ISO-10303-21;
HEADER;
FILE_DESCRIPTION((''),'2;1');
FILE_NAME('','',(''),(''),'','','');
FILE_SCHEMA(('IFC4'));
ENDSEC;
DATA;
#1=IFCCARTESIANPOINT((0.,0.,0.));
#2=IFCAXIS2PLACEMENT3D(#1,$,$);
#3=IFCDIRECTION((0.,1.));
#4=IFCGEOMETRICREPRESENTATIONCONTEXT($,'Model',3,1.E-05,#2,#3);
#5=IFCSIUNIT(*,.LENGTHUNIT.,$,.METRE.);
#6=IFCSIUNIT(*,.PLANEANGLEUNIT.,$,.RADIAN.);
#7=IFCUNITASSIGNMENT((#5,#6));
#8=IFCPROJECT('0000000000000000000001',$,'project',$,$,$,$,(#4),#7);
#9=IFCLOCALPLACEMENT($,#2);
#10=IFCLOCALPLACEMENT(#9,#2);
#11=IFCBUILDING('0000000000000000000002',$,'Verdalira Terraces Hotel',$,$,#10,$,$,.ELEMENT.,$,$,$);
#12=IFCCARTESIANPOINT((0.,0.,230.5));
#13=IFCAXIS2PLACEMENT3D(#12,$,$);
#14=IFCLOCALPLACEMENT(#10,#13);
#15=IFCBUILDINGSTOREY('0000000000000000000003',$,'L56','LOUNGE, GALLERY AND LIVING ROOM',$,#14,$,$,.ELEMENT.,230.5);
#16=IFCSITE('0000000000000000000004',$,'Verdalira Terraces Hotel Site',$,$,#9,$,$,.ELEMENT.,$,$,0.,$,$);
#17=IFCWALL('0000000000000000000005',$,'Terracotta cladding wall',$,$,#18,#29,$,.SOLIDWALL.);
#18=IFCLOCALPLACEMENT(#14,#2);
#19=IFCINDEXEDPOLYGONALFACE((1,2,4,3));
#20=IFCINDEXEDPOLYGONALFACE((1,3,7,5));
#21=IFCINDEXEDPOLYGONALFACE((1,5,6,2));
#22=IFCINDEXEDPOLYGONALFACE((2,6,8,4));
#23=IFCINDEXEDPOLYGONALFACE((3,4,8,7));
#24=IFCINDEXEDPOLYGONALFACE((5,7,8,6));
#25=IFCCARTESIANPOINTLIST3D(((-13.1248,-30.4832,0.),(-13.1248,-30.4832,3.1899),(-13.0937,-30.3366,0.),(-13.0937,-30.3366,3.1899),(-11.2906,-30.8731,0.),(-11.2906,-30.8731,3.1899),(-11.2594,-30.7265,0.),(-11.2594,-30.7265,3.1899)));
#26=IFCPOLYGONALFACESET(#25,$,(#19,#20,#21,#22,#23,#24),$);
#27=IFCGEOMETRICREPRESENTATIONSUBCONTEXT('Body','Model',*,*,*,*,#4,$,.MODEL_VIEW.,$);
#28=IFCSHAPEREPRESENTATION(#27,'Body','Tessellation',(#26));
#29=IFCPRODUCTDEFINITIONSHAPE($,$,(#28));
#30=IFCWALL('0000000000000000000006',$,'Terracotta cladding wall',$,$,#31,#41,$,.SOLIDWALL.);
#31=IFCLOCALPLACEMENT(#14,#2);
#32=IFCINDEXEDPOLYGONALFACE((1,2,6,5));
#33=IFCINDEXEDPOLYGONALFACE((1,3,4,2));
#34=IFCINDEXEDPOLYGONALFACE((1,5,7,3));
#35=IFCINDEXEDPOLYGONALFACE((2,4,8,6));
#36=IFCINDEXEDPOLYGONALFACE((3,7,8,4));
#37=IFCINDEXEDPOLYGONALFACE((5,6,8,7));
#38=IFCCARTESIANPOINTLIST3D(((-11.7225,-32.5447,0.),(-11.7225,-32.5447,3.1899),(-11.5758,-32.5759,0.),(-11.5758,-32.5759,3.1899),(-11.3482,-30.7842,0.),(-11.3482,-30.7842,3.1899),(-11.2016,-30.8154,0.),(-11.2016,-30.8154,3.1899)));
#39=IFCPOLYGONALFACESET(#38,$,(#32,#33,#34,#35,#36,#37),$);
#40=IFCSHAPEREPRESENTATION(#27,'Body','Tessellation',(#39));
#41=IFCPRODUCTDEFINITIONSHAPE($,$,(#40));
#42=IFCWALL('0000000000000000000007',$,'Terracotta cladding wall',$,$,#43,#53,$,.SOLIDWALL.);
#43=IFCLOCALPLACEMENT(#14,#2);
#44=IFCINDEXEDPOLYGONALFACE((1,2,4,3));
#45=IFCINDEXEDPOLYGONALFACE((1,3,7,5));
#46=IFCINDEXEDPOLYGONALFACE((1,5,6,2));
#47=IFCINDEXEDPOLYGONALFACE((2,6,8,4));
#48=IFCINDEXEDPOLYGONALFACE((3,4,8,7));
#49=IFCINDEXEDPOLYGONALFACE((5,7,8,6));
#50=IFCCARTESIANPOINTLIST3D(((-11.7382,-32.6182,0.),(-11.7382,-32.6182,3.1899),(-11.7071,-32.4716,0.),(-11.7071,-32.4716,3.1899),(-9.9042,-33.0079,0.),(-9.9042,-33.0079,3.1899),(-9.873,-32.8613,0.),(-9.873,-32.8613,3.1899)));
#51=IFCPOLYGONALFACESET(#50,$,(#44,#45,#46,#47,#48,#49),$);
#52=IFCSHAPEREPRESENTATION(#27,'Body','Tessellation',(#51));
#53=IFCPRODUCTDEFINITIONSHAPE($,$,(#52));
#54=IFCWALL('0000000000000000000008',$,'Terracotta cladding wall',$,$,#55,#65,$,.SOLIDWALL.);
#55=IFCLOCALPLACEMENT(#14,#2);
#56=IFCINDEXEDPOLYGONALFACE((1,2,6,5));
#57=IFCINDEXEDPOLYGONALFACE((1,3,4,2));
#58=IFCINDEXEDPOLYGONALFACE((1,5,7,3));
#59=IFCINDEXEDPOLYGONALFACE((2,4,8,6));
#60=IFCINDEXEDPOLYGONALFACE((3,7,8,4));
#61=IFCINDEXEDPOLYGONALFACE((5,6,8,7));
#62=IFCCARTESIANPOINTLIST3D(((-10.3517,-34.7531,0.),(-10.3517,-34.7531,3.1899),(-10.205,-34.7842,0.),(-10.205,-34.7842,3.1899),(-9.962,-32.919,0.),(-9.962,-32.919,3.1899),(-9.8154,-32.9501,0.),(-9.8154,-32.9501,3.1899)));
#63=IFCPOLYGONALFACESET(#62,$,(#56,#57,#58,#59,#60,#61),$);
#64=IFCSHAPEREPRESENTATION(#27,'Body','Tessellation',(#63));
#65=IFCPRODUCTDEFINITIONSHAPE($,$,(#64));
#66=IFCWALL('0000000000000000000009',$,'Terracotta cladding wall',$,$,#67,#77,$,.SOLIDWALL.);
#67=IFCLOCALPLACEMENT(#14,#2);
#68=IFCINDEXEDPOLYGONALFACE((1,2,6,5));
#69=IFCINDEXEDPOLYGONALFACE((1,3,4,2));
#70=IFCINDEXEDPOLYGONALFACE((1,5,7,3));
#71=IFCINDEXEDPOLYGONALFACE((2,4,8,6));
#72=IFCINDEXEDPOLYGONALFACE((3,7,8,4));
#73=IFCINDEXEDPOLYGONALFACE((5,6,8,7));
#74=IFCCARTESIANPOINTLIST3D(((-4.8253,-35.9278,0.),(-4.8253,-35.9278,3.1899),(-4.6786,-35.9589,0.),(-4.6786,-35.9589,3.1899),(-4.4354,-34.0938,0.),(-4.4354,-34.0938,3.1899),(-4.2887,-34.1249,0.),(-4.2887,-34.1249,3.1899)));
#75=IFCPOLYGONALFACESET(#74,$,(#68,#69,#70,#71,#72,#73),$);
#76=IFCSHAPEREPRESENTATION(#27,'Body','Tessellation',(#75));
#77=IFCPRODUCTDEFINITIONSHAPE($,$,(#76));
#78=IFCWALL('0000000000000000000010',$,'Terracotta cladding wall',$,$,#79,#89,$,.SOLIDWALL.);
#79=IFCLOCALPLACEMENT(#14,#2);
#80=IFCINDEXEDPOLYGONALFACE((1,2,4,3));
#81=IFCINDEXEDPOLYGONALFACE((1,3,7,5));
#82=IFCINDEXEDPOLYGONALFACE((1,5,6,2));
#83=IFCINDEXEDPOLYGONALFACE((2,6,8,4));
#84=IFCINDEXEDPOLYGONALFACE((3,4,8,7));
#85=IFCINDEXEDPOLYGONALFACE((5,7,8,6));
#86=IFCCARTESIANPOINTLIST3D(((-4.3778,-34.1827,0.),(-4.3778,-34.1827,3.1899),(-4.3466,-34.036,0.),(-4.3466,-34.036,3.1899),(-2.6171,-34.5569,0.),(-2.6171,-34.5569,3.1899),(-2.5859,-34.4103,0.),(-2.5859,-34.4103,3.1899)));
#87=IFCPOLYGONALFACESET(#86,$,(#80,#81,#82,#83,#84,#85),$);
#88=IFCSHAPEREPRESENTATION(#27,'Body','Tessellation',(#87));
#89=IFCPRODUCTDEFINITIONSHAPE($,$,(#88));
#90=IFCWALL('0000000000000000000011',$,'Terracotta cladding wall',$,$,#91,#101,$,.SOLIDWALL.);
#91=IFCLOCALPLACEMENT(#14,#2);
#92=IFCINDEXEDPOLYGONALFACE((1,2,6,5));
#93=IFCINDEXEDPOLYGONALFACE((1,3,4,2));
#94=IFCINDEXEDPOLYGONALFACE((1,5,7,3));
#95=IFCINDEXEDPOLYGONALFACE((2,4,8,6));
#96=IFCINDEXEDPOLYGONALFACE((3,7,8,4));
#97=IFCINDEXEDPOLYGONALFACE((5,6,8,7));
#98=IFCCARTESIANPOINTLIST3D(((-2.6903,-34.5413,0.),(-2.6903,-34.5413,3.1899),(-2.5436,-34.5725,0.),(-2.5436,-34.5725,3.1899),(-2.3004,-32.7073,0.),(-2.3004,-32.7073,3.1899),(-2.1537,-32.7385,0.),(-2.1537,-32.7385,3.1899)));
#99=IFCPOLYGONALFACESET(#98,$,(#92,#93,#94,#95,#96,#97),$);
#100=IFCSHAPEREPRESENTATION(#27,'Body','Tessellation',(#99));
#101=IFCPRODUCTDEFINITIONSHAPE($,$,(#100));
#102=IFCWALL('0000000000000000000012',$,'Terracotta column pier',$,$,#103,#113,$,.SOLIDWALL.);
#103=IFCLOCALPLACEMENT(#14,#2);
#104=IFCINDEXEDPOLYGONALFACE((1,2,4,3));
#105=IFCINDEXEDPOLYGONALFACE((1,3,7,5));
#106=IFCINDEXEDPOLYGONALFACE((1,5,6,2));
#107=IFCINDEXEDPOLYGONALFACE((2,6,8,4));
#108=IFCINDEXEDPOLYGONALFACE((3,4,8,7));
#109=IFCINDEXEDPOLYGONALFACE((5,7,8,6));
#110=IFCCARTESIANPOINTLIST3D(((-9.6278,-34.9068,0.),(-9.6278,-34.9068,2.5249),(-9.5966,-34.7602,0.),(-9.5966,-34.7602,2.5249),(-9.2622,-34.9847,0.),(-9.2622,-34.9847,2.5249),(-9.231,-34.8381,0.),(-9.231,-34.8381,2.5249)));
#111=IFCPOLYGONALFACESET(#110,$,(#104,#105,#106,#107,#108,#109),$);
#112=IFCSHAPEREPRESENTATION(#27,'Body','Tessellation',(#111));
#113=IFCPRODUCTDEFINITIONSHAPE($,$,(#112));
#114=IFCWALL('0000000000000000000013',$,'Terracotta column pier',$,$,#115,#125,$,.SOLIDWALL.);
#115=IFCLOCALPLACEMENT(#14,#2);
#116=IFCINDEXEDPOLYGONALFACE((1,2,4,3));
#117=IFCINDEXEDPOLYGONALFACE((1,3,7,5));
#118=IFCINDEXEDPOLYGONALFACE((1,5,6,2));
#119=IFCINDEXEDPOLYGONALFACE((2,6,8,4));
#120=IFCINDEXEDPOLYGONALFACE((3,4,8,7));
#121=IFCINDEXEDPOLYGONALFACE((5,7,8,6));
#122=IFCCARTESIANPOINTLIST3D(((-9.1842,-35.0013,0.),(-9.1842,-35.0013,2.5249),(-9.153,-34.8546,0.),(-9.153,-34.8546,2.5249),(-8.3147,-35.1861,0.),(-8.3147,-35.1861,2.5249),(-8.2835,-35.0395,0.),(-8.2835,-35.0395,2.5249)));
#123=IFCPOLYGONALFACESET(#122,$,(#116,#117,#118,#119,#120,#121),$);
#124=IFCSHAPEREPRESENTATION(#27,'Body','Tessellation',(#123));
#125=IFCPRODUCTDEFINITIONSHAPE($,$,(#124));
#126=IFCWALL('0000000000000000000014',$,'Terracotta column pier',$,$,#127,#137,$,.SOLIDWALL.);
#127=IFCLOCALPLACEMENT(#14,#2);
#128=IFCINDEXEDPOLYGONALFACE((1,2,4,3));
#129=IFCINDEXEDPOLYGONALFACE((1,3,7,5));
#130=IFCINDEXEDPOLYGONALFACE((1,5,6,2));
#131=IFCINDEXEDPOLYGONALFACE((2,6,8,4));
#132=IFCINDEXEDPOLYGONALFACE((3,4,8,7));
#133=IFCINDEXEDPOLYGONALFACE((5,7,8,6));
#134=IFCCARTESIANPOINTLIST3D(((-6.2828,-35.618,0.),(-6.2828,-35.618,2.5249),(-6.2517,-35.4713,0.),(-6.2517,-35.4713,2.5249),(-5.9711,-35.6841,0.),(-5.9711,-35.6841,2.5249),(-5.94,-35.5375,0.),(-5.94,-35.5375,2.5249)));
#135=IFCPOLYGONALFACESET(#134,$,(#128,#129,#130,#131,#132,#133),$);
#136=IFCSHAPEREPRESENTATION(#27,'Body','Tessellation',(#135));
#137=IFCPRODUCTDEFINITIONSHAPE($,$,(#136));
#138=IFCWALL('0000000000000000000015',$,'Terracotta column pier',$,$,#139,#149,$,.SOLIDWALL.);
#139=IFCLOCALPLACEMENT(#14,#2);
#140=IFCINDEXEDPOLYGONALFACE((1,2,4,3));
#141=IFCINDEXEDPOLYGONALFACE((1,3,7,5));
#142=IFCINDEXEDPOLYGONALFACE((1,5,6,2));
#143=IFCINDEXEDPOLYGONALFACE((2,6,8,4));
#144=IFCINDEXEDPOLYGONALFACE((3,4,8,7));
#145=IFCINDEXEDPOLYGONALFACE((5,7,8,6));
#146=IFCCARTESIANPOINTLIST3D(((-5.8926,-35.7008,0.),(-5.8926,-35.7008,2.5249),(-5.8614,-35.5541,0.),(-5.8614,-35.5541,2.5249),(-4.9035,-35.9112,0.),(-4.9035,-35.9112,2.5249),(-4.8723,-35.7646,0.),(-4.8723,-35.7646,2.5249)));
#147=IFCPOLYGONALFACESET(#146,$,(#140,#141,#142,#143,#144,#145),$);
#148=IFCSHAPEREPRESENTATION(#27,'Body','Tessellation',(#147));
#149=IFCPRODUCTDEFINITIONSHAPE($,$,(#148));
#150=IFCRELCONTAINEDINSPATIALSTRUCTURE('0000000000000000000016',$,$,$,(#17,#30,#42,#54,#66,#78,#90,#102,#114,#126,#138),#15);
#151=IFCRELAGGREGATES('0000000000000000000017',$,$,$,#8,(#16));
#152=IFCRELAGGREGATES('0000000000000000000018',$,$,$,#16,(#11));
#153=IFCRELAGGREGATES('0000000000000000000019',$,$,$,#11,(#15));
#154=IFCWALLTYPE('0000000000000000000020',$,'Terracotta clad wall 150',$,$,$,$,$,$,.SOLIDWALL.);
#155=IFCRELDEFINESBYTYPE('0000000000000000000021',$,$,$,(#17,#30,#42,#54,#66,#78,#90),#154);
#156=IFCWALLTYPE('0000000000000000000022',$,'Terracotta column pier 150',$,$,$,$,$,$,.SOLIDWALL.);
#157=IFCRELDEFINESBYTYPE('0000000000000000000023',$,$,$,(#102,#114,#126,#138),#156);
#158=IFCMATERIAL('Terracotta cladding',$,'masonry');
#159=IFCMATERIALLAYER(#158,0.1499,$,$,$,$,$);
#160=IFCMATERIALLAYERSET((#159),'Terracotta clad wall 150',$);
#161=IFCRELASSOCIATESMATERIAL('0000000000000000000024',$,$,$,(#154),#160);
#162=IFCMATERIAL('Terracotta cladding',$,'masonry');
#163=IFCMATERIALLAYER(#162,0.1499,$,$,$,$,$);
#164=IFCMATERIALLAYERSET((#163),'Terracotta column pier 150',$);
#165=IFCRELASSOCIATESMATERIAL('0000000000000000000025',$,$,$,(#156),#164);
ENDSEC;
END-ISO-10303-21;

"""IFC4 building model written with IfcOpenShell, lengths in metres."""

from ifc_helpers import new_model, si_unit, direction, frame, frame_2d, origin, place, context, subcontext, project, spatial, rectangle, extrude, material, layer, layer_set, type_object, element, save


model = new_model("IFC4")

# Units and contexts
model_context = context("Model", 3, precision=1e-05, world=origin(), true_north=direction((0.0, 1.0)))
body_context = subcontext(model_context, "Body", "Model", "MODEL_VIEW")
ifc_project = project(units=[si_unit("LENGTHUNIT", "METRE"), si_unit("PLANEANGLEUNIT", "RADIAN")], contexts=[model_context])

# Site, building, storey
site_placement = place(None, origin())
site = spatial("IfcSite", under=ifc_project, at=site_placement, Name="Verdalira Terraces Hotel Site", CompositionType="ELEMENT", RefElevation=0.0)
building_placement = place(site_placement, origin())
building = spatial("IfcBuilding", under=site, at=building_placement, Name="Verdalira Terraces Hotel", CompositionType="ELEMENT")
storey_placement = place(building_placement, frame((0.0, 0.0, 230.5)))
storey = spatial("IfcBuildingStorey", under=building, at=storey_placement, Name="L56", Description="LOUNGE, GALLERY AND LIVING ROOM", CompositionType="ELEMENT", Elevation=230.5)

# Walls
ifc_material_1 = material(Name="Terracotta cladding", Category="masonry")
ifc_layer_1 = layer(ifc_material_1, 0.1499)
ifc_layer_set_1 = layer_set([ifc_layer_1], Name="Terracotta clad wall 150")
wall_type_1 = type_object("IfcWallType", Name="Terracotta clad wall 150", PredefinedType="SOLIDWALL", material=ifc_layer_set_1)
wall_1_placement = place(storey_placement, frame((-13.1091, -30.4099, 0.0), z_axis=(0.0, 0.0, 1.0), x_axis=(0.978146, -0.207919, 0.0)))
element("IfcWall", 1, at=wall_1_placement, inside=storey, type_object=wall_type_1, Name="Terracotta cladding wall", PredefinedType="SOLIDWALL", context=body_context, shape_type="SweptSolid", body=[
    extrude(rectangle(XDim=1.8752, YDim=0.1499, at=frame_2d((0.9375, 0.0))), origin(), (0.0, 0.0, 1.0), 3.1899),
])
wall_2_placement = place(storey_placement, frame((-11.2749, -30.7998, 0.0), z_axis=(0.0, 0.0, 1.0), x_axis=(-0.207945, -0.978141, 0.0)))
element("IfcWall", 2, at=wall_2_placement, inside=storey, type_object=wall_type_1, Name="Terracotta cladding wall", PredefinedType="SOLIDWALL", context=body_context, shape_type="SweptSolid", body=[
    extrude(rectangle(XDim=1.7998, YDim=0.1499, at=frame_2d((0.8999, 0.0))), origin(), (0.0, 0.0, 1.0), 3.1899),
])
for number, where, z_axis, x_axis, name in (
    (3, (-11.7227, -32.5449, 0.0), (0.0, 0.0, 1.0), (0.978167, -0.207821, 0.0), "Terracotta cladding wall"),
    (4, (-9.8887, -32.9346, 0.0), (0.0, 0.0, 1.0), (-0.207821, -0.978167, 0.0), "Terracotta cladding wall"),
    (5, (-4.752, -35.9434, 0.0), (0.0, 0.0, 1.0), (0.207946, 0.97814, 0.0), "Terracotta cladding wall"),
):
    element("IfcWall", number, at=place(storey_placement, frame(where, z_axis=z_axis, x_axis=x_axis)), inside=storey, type_object=wall_type_1, Name=name, PredefinedType="SOLIDWALL", context=body_context, shape_type="SweptSolid", body=[
        extrude(rectangle(XDim=1.875, YDim=0.1499, at=frame_2d((0.9375, 0.0))), origin(), (0.0, 0.0, 1.0), 3.1899),
    ])
wall_3_placement = place(storey_placement, frame((-4.3621, -34.1094, 0.0), z_axis=(0.0, 0.0, 1.0), x_axis=(0.978146, -0.207917, 0.0)))
element("IfcWall", 6, at=wall_3_placement, inside=storey, type_object=wall_type_1, Name="Terracotta cladding wall", PredefinedType="SOLIDWALL", context=body_context, shape_type="SweptSolid", body=[
    extrude(rectangle(XDim=1.8, YDim=0.1499, at=frame_2d((0.8999, 0.0))), origin(), (0.0, 0.0, 1.0), 3.1899),
])
wall_4_placement = place(storey_placement, frame((-2.6169, -34.5569, 0.0), z_axis=(0.0, 0.0, 1.0), x_axis=(0.207946, 0.97814, 0.0)))
element("IfcWall", 7, at=wall_4_placement, inside=storey, type_object=wall_type_1, Name="Terracotta cladding wall", PredefinedType="SOLIDWALL", context=body_context, shape_type="SweptSolid", body=[
    extrude(rectangle(XDim=1.875, YDim=0.1499, at=frame_2d((0.9375, 0.0))), origin(), (0.0, 0.0, 1.0), 3.1899),
])
ifc_material_2 = material(Name="Terracotta cladding", Category="masonry")
ifc_layer_2 = layer(ifc_material_2, 0.1499)
ifc_layer_set_2 = layer_set([ifc_layer_2], Name="Terracotta column pier 150")
wall_type_2 = type_object("IfcWallType", Name="Terracotta column pier 150", PredefinedType="SOLIDWALL", material=ifc_layer_set_2)
wall_5_placement = place(storey_placement, frame((-9.6123, -34.8335, 0.0), z_axis=(0.0, 0.0, 1.0), x_axis=(0.978041, -0.208414, 0.0)))
element("IfcWall", 8, at=wall_5_placement, inside=storey, type_object=wall_type_2, Name="Terracotta column pier", PredefinedType="SOLIDWALL", context=body_context, shape_type="SweptSolid", body=[
    extrude(rectangle(XDim=0.3738, YDim=0.1499, at=frame_2d((0.187, 0.0))), origin(), (0.0, 0.0, 1.0), 2.5249),
])
wall_6_placement = place(storey_placement, frame((-9.1685, -34.928, 0.0), z_axis=(0.0, 0.0, 1.0), x_axis=(0.978143, -0.207934, 0.0)))
element("IfcWall", 9, at=wall_6_placement, inside=storey, type_object=wall_type_2, Name="Terracotta column pier", PredefinedType="SOLIDWALL", context=body_context, shape_type="SweptSolid", body=[
    extrude(rectangle(XDim=0.8889, YDim=0.1499, at=frame_2d((0.4443, 0.0))), origin(), (0.0, 0.0, 1.0), 2.5249),
])
wall_7_placement = place(storey_placement, frame((-6.2671, -35.5447, 0.0), z_axis=(0.0, 0.0, 1.0), x_axis=(0.978215, -0.207593, 0.0)))
element("IfcWall", 10, at=wall_7_placement, inside=storey, type_object=wall_type_2, Name="Terracotta column pier", PredefinedType="SOLIDWALL", context=body_context, shape_type="SweptSolid", body=[
    extrude(rectangle(XDim=0.3186, YDim=0.1499, at=frame_2d((0.1592, 0.0))), origin(), (0.0, 0.0, 1.0), 2.5249),
])
wall_8_placement = place(storey_placement, frame((-5.877, -35.6274, 0.0), z_axis=(0.0, 0.0, 1.0), x_axis=(0.978102, -0.208127, 0.0)))
element("IfcWall", 11, at=wall_8_placement, inside=storey, type_object=wall_type_2, Name="Terracotta column pier", PredefinedType="SOLIDWALL", context=body_context, shape_type="SweptSolid", body=[
    extrude(rectangle(XDim=1.0112, YDim=0.1499, at=frame_2d((0.5056, 0.0))), origin(), (0.0, 0.0, 1.0), 2.5249),
])

save(model, "model.ifc")
